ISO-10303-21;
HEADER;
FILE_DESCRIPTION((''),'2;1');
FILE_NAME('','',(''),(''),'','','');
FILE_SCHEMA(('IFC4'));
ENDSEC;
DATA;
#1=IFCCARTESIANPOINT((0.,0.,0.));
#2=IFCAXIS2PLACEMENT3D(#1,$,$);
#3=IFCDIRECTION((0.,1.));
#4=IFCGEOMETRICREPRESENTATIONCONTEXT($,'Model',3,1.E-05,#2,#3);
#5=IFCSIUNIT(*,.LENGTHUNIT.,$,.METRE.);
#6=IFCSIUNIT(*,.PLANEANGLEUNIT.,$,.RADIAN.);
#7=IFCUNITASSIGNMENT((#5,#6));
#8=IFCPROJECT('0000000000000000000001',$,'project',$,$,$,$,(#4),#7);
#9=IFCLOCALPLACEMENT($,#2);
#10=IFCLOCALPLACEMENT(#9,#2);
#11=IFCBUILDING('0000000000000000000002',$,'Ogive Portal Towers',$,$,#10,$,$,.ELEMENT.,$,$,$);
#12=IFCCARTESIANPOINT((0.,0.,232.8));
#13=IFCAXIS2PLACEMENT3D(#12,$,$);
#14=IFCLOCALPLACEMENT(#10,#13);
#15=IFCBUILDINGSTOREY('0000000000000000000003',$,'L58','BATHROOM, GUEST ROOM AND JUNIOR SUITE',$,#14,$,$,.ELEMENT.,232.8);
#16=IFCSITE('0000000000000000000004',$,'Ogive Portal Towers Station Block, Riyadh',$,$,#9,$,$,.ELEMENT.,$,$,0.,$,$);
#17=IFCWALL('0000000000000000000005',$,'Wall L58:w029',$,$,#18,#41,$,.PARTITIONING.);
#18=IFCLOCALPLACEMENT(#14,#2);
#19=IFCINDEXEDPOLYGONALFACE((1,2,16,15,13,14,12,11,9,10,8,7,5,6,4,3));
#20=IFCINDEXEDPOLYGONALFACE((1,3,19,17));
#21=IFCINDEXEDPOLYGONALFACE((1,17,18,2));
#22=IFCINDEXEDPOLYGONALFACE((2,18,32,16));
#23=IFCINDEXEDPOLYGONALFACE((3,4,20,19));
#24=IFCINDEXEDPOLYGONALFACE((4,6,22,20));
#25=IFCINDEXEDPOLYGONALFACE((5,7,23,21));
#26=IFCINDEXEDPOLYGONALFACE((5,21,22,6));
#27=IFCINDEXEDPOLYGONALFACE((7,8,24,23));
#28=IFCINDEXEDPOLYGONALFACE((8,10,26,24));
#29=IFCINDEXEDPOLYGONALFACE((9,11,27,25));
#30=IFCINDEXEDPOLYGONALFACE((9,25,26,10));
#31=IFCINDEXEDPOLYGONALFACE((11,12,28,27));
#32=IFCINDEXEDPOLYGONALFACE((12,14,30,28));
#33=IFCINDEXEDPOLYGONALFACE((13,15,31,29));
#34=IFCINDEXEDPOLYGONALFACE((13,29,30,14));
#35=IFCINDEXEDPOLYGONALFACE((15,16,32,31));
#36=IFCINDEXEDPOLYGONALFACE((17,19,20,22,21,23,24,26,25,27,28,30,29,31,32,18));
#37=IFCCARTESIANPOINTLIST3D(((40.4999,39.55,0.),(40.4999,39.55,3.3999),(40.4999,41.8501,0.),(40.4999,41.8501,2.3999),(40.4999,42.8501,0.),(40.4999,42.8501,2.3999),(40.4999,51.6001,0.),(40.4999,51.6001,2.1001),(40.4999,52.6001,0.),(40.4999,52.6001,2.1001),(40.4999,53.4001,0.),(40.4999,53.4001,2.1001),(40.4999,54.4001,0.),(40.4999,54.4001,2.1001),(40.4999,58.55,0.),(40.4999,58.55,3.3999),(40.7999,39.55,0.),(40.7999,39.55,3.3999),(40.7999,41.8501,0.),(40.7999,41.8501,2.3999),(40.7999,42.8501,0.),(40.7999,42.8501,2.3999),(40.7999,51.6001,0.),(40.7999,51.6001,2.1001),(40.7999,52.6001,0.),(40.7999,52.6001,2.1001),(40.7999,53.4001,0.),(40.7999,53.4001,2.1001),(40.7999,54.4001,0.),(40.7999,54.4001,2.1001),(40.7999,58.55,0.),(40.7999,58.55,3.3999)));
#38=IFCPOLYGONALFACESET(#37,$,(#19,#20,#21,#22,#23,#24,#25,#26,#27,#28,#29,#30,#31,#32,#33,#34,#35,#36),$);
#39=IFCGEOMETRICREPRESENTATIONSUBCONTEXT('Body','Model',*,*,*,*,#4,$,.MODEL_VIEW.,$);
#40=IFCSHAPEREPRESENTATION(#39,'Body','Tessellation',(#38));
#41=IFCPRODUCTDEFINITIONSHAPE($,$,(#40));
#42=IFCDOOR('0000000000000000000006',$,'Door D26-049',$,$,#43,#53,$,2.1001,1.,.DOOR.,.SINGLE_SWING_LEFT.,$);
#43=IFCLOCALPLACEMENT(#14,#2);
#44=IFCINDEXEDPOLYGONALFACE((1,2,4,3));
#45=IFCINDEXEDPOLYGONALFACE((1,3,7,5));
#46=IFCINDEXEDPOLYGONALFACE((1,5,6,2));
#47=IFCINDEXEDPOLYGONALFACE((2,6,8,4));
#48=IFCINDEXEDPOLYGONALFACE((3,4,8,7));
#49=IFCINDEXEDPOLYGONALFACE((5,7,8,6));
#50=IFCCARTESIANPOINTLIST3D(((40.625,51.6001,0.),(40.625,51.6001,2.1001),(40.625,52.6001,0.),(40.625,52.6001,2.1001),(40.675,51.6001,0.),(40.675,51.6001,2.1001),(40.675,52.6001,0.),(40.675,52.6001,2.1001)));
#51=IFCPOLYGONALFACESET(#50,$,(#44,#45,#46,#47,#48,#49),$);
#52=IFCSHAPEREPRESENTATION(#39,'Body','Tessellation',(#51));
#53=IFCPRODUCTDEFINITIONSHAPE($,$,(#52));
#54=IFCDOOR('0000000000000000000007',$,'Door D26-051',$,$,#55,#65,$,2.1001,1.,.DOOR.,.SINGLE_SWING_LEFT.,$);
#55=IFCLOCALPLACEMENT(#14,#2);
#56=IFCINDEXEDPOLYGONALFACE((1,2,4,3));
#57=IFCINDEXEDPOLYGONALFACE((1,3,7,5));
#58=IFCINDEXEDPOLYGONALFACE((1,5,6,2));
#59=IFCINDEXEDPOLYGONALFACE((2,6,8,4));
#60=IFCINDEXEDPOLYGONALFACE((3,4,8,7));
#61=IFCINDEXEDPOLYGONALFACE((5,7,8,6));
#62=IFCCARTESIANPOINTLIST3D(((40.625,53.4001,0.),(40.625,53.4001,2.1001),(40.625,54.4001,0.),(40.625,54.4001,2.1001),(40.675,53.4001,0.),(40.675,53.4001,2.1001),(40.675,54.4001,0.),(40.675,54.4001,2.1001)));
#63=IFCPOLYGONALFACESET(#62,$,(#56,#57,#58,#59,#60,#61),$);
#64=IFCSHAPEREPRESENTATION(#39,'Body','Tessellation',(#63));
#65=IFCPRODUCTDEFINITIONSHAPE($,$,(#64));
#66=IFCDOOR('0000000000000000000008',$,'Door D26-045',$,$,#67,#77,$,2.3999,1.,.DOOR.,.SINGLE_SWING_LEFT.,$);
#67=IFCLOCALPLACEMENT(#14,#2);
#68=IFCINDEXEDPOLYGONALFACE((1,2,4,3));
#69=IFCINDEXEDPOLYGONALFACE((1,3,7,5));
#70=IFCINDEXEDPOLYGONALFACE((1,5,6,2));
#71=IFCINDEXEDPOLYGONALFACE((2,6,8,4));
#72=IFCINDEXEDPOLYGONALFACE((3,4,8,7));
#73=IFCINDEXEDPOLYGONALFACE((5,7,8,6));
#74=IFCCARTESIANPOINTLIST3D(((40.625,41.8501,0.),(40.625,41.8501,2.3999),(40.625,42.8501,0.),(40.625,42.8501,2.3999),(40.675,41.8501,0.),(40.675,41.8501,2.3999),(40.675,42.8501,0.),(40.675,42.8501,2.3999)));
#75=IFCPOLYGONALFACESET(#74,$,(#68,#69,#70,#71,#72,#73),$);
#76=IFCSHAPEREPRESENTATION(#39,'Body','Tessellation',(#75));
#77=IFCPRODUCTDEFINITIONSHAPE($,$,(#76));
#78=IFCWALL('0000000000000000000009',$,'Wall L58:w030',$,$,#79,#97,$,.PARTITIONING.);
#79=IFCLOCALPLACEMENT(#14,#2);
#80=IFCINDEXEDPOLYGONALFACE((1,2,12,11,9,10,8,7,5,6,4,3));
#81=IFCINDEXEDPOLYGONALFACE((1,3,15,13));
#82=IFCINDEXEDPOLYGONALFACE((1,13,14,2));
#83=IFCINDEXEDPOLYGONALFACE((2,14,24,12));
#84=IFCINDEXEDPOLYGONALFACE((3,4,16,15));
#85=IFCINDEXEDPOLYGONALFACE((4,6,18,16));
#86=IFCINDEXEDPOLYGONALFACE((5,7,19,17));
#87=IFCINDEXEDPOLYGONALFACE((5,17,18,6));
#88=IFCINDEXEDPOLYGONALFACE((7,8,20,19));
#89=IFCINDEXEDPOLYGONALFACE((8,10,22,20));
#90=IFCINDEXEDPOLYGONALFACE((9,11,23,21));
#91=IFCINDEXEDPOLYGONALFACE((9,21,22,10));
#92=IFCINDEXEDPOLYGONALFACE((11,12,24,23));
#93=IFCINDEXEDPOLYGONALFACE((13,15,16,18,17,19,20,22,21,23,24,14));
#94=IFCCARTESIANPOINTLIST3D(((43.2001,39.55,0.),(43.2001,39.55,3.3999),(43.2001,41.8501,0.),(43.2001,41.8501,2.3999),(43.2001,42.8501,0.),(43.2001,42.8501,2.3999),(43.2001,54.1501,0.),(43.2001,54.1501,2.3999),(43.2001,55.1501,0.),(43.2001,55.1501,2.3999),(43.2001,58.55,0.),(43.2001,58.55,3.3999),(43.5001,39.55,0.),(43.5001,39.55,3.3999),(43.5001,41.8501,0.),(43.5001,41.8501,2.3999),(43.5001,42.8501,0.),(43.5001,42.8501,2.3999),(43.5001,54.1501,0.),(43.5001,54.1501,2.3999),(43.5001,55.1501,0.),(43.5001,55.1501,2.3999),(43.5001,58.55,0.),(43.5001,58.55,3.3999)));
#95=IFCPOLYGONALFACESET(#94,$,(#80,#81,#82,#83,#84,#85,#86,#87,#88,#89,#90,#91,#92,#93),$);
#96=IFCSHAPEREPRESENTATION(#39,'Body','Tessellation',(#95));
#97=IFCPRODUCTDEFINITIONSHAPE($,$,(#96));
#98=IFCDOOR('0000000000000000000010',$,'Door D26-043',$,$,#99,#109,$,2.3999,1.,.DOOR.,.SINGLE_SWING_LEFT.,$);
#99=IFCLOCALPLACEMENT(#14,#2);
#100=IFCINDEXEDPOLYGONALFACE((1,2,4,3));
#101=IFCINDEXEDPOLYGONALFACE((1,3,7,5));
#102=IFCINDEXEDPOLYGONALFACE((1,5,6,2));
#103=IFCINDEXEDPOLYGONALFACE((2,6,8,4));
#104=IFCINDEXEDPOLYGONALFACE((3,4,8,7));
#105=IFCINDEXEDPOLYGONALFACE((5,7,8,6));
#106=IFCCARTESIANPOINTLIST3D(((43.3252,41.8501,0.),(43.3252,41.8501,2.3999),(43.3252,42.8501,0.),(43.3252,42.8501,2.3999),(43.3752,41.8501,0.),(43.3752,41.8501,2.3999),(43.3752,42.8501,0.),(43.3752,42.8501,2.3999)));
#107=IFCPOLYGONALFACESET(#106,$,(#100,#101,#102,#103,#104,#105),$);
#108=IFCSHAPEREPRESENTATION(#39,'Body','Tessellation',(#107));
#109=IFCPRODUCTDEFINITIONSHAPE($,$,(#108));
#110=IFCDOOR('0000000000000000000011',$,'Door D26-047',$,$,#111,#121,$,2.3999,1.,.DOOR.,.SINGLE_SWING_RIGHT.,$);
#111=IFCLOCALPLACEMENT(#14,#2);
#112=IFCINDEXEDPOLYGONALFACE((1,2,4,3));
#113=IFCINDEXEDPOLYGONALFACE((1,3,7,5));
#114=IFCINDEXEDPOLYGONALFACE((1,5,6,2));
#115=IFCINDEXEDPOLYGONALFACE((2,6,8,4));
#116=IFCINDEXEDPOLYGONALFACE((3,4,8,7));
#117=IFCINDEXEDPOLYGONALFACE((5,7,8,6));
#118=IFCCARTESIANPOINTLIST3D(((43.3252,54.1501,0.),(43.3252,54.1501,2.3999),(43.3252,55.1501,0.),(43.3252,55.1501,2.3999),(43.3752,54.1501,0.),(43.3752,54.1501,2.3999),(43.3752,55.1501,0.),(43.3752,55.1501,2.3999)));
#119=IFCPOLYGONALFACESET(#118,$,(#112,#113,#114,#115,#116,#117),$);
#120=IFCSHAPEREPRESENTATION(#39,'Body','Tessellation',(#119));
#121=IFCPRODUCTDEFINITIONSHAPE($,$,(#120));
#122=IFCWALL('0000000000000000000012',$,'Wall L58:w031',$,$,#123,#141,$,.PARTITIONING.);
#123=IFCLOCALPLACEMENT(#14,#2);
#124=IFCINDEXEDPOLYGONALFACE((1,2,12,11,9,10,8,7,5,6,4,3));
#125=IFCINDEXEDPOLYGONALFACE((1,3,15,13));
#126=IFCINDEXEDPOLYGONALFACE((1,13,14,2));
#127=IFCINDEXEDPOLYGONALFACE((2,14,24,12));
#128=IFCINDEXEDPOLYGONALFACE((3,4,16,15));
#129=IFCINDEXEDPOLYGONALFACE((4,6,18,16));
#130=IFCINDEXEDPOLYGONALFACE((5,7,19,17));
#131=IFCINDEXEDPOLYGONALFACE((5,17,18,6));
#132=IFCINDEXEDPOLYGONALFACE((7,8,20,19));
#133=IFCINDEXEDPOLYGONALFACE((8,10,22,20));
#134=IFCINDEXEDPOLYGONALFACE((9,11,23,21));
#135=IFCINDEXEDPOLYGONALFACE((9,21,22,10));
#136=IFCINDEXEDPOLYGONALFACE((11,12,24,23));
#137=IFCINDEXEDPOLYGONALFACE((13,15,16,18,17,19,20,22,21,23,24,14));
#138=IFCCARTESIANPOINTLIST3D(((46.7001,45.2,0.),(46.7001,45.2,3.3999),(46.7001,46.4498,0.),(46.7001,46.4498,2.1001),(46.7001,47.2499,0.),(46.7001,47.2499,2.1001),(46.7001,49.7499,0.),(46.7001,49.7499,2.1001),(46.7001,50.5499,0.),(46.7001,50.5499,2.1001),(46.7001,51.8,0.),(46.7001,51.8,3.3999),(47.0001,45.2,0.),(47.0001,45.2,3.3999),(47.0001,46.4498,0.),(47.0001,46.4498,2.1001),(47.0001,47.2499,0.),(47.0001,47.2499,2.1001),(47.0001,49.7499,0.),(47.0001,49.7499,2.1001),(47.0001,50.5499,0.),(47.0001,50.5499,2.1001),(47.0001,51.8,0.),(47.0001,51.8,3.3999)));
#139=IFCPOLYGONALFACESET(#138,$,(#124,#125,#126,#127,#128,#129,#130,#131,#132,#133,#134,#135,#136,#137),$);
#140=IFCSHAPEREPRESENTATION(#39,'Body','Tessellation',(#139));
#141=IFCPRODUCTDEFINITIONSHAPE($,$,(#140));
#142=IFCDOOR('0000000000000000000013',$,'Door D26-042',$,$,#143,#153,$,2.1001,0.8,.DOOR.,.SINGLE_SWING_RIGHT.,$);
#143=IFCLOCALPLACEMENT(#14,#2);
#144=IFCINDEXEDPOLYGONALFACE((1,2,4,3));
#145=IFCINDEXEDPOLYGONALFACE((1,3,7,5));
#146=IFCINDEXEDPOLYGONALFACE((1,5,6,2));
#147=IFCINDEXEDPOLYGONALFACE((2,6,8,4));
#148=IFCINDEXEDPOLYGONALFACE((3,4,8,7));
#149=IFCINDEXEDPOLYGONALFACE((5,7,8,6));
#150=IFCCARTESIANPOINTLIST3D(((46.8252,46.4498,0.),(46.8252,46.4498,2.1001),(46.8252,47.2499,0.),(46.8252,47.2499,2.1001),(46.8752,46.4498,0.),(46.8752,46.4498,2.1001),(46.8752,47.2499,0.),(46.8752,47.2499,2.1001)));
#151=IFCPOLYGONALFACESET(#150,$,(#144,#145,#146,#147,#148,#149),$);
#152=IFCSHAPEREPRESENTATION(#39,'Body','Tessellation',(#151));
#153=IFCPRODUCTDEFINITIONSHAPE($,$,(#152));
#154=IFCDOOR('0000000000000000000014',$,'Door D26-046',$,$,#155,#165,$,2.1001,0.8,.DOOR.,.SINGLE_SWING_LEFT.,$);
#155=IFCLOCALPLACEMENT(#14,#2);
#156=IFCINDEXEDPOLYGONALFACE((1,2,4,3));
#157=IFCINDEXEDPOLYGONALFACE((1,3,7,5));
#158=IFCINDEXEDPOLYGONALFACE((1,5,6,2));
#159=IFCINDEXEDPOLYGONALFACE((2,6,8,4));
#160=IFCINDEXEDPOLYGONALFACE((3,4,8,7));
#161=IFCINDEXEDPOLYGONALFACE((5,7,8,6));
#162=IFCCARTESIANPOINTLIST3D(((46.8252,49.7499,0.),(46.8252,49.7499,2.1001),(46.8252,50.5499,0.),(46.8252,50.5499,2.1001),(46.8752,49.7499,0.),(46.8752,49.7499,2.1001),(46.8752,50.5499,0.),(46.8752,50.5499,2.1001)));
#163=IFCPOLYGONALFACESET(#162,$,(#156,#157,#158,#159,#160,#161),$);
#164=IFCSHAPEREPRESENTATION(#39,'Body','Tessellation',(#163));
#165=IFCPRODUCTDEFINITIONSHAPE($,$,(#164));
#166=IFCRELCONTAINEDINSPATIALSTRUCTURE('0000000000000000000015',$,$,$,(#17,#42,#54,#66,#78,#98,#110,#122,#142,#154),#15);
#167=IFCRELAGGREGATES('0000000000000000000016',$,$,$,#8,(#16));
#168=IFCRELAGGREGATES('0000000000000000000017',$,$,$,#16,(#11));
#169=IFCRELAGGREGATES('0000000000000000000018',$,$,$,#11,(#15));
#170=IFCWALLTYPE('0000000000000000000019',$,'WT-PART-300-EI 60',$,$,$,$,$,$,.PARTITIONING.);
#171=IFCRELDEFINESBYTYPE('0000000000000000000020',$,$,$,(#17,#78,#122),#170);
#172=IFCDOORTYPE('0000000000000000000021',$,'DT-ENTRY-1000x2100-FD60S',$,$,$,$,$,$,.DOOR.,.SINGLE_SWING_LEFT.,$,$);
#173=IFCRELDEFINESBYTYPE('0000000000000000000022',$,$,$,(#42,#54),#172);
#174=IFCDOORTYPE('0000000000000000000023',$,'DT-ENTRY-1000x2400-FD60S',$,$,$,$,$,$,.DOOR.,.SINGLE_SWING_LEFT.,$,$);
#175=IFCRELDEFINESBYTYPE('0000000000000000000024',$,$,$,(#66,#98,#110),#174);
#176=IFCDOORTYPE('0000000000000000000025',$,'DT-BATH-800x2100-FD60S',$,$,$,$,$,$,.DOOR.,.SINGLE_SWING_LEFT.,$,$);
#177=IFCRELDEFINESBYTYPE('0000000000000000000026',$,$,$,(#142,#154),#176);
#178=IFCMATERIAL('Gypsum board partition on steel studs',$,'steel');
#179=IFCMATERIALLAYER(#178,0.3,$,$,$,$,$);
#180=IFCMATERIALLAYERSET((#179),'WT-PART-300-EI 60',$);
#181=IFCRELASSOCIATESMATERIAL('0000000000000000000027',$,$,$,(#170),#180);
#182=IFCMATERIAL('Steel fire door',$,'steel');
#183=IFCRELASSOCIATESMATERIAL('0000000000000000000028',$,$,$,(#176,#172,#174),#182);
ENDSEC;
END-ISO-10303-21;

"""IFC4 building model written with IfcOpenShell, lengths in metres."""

from ifc_helpers import new_model, si_unit, direction, frame, frame_2d, origin, place, context, subcontext, project, spatial, rectangle, extrude, material, layer, layer_set, type_object, element, fill, save


model = new_model("IFC4")

# Units and contexts
model_context = context("Model", 3, precision=1e-05, world=origin(), true_north=direction((0.0, 1.0)))
body_context = subcontext(model_context, "Body", "Model", "MODEL_VIEW")
ifc_project = project(units=[si_unit("LENGTHUNIT", "METRE"), si_unit("PLANEANGLEUNIT", "RADIAN")], contexts=[model_context])

# Site, building, storey
site_placement = place(None, origin())
site = spatial("IfcSite", under=ifc_project, at=site_placement, Name="Ogive Portal Towers Station Block, Riyadh", CompositionType="ELEMENT", RefElevation=0.0)
building_placement = place(site_placement, origin())
building = spatial("IfcBuilding", under=site, at=building_placement, Name="Ogive Portal Towers", CompositionType="ELEMENT")
storey_placement = place(building_placement, frame((0.0, 0.0, 232.8)))
storey = spatial("IfcBuildingStorey", under=building, at=storey_placement, Name="L58", Description="BATHROOM, GUEST ROOM AND JUNIOR SUITE", CompositionType="ELEMENT", Elevation=232.8)

# Shared definitions
ifc_material_1 = material(Name="Steel fire door", Category="steel")

# Shared definitions
ifc_material_2 = material(Name="Gypsum board partition on steel studs", Category="steel")
ifc_layer_1 = layer(ifc_material_2, 0.3)
ifc_layer_set_1 = layer_set([ifc_layer_1], Name="WT-PART-300-EI 60")
wall_type_1 = type_object("IfcWallType", Name="WT-PART-300-EI 60", PredefinedType="PARTITIONING", material=ifc_layer_set_1)

# Shared definitions
door_type_1 = type_object("IfcDoorType", Name="DT-BATH-800x2100-FD60S", OperationType="SINGLE_SWING_LEFT", PredefinedType="DOOR", material=ifc_material_1)

# Walls, openings, doors
wall_1_placement = place(storey_placement, frame((40.6499, 39.55, 0.0), z_axis=(0.0, 0.0, 1.0), x_axis=(0.0, 1.0, 0.0)))
wall_1 = element("IfcWall", 1, at=wall_1_placement, inside=storey, type_object=wall_type_1, Name="Wall L58:w029", PredefinedType="PARTITIONING", context=body_context, shape_type="SweptSolid", body=[
    extrude(rectangle(XDim=19.0, YDim=0.3, at=frame_2d((9.5, 0.0))), origin(), (0.0, 0.0, 1.0), 3.3999),
])
opening_1_placement = place(wall_1_placement, frame((2.3, 0.0, 0.0)))
opening_1 = element("IfcOpeningElement", 2, at=opening_1_placement, cuts=wall_1, PredefinedType="OPENING", context=body_context, shape_type="SweptSolid", body=[
    extrude(rectangle(XDim=1.0, YDim=2.3999, at=frame_2d((0.5, 1.2))), frame((0.0, 0.1602, 0.0), z_axis=(0.0, -1.0, 0.0), x_axis=(1.0, 0.0, 0.0)), (0.0, 0.0, 1.0), 0.3201),
])
opening_2_placement = place(wall_1_placement, frame((12.05, 0.0, 0.0)))
opening_2 = element("IfcOpeningElement", 3, at=opening_2_placement, cuts=wall_1, PredefinedType="OPENING", context=body_context, shape_type="SweptSolid", body=[
    extrude(rectangle(XDim=1.0, YDim=2.1001, at=frame_2d((0.5, 1.05))), frame((0.0, 0.1602, 0.0), z_axis=(0.0, -1.0, 0.0), x_axis=(1.0, 0.0, 0.0)), (0.0, 0.0, 1.0), 0.3201),
])
opening_3_placement = place(wall_1_placement, frame((13.8501, 0.0, 0.0)))
opening_3 = element("IfcOpeningElement", 4, at=opening_3_placement, cuts=wall_1, PredefinedType="OPENING", context=body_context, shape_type="SweptSolid", body=[
    extrude(rectangle(XDim=1.0, YDim=2.1001, at=frame_2d((0.5, 1.05))), frame((0.0, 0.1602, 0.0), z_axis=(0.0, -1.0, 0.0), x_axis=(1.0, 0.0, 0.0)), (0.0, 0.0, 1.0), 0.3201),
])
door_type_2 = type_object("IfcDoorType", Name="DT-ENTRY-1000x2100-FD60S", OperationType="SINGLE_SWING_LEFT", PredefinedType="DOOR", material=ifc_material_1)
door_1_placement = place(opening_2_placement, origin())
door_1 = element("IfcDoor", 5, at=door_1_placement, inside=storey, type_object=door_type_2, Name="Door D26-049", OperationType="SINGLE_SWING_LEFT", OverallHeight=2.1001, OverallWidth=1.0, PredefinedType="DOOR", context=body_context, shape_type="SweptSolid", body=[
    extrude(rectangle(XDim=1.0, YDim=2.1001, at=frame_2d((0.5, 1.05))), frame((0.0, 0.0249, 0.0), z_axis=(0.0, -1.0, 0.0), x_axis=(1.0, 0.0, 0.0)), (0.0, 0.0, 1.0), 0.05),
])
fill(opening_2, door_1)
door_2_placement = place(opening_3_placement, origin())
door_2 = element("IfcDoor", 6, at=door_2_placement, inside=storey, type_object=door_type_2, Name="Door D26-051", OperationType="SINGLE_SWING_LEFT", OverallHeight=2.1001, OverallWidth=1.0, PredefinedType="DOOR", context=body_context, shape_type="SweptSolid", body=[
    extrude(rectangle(XDim=1.0, YDim=2.1001, at=frame_2d((0.5, 1.05))), frame((0.0, 0.0249, 0.0), z_axis=(0.0, -1.0, 0.0), x_axis=(1.0, 0.0, 0.0)), (0.0, 0.0, 1.0), 0.05),
])
fill(opening_3, door_2)
door_type_3 = type_object("IfcDoorType", Name="DT-ENTRY-1000x2400-FD60S", OperationType="SINGLE_SWING_LEFT", PredefinedType="DOOR", material=ifc_material_1)
door_3_placement = place(opening_1_placement, origin())
door_3 = element("IfcDoor", 7, at=door_3_placement, inside=storey, type_object=door_type_3, Name="Door D26-045", OperationType="SINGLE_SWING_LEFT", OverallHeight=2.3999, OverallWidth=1.0, PredefinedType="DOOR", context=body_context, shape_type="SweptSolid", body=[
    extrude(rectangle(XDim=1.0, YDim=2.3999, at=frame_2d((0.5, 1.2))), frame((0.0, 0.0249, 0.0), z_axis=(0.0, -1.0, 0.0), x_axis=(1.0, 0.0, 0.0)), (0.0, 0.0, 1.0), 0.05),
])
fill(opening_1, door_3)
wall_2_placement = place(storey_placement, frame((43.3501, 39.55, 0.0), z_axis=(0.0, 0.0, 1.0), x_axis=(0.0, 1.0, 0.0)))
wall_2 = element("IfcWall", 8, at=wall_2_placement, inside=storey, type_object=wall_type_1, Name="Wall L58:w030", PredefinedType="PARTITIONING", context=body_context, shape_type="SweptSolid", body=[
    extrude(rectangle(XDim=19.0, YDim=0.3, at=frame_2d((9.5, 0.0))), origin(), (0.0, 0.0, 1.0), 3.3999),
])
opening_4_placement = place(wall_2_placement, frame((2.3, 0.0, 0.0)))
opening_4 = element("IfcOpeningElement", 9, at=opening_4_placement, cuts=wall_2, PredefinedType="OPENING", context=body_context, shape_type="SweptSolid", body=[
    extrude(rectangle(XDim=1.0, YDim=2.3999, at=frame_2d((0.5, 1.2))), frame((0.0, 0.1602, 0.0), z_axis=(0.0, -1.0, 0.0), x_axis=(1.0, 0.0, 0.0)), (0.0, 0.0, 1.0), 0.3201),
])
opening_5_placement = place(wall_2_placement, frame((14.6001, 0.0, 0.0)))
opening_5 = element("IfcOpeningElement", 10, at=opening_5_placement, cuts=wall_2, PredefinedType="OPENING", context=body_context, shape_type="SweptSolid", body=[
    extrude(rectangle(XDim=1.0, YDim=2.3999, at=frame_2d((0.5, 1.2))), frame((0.0, 0.1602, 0.0), z_axis=(0.0, -1.0, 0.0), x_axis=(1.0, 0.0, 0.0)), (0.0, 0.0, 1.0), 0.3201),
])
door_4_placement = place(opening_4_placement, origin())
door_4 = element("IfcDoor", 11, at=door_4_placement, inside=storey, type_object=door_type_3, Name="Door D26-043", OperationType="SINGLE_SWING_LEFT", OverallHeight=2.3999, OverallWidth=1.0, PredefinedType="DOOR", context=body_context, shape_type="SweptSolid", body=[
    extrude(rectangle(XDim=1.0, YDim=2.3999, at=frame_2d((0.5, 1.2))), frame((0.0, 0.0249, 0.0), z_axis=(0.0, -1.0, 0.0), x_axis=(1.0, 0.0, 0.0)), (0.0, 0.0, 1.0), 0.05),
])
fill(opening_4, door_4)
door_5_placement = place(opening_5_placement, origin())
door_5 = element("IfcDoor", 12, at=door_5_placement, inside=storey, type_object=door_type_3, Name="Door D26-047", OperationType="SINGLE_SWING_RIGHT", OverallHeight=2.3999, OverallWidth=1.0, PredefinedType="DOOR", context=body_context, shape_type="SweptSolid", body=[
    extrude(rectangle(XDim=1.0, YDim=2.3999, at=frame_2d((0.5, 1.2))), frame((0.0, 0.0249, 0.0), z_axis=(0.0, -1.0, 0.0), x_axis=(1.0, 0.0, 0.0)), (0.0, 0.0, 1.0), 0.05),
])
fill(opening_5, door_5)
wall_3_placement = place(storey_placement, frame((46.8501, 45.2, 0.0), z_axis=(0.0, 0.0, 1.0), x_axis=(0.0, 1.0, 0.0)))
wall_3 = element("IfcWall", 13, at=wall_3_placement, inside=storey, type_object=wall_type_1, Name="Wall L58:w031", PredefinedType="PARTITIONING", context=body_context, shape_type="SweptSolid", body=[
    extrude(rectangle(XDim=6.6001, YDim=0.3, at=frame_2d((3.3, 0.0))), origin(), (0.0, 0.0, 1.0), 3.3999),
])
opening_6_placement = place(wall_3_placement, frame((1.25, 0.0, 0.0)))
opening_6 = element("IfcOpeningElement", 14, at=opening_6_placement, cuts=wall_3, PredefinedType="OPENING", context=body_context, shape_type="SweptSolid", body=[
    extrude(rectangle(XDim=0.8, YDim=2.1001, at=frame_2d((0.3999, 1.05))), frame((0.0, 0.1602, 0.0), z_axis=(0.0, -1.0, 0.0), x_axis=(1.0, 0.0, 0.0)), (0.0, 0.0, 1.0), 0.3201),
])
opening_7_placement = place(wall_3_placement, frame((4.55, 0.0, 0.0)))
opening_7 = element("IfcOpeningElement", 15, at=opening_7_placement, cuts=wall_3, PredefinedType="OPENING", context=body_context, shape_type="SweptSolid", body=[
    extrude(rectangle(XDim=0.8, YDim=2.1001, at=frame_2d((0.3999, 1.05))), frame((0.0, 0.1602, 0.0), z_axis=(0.0, -1.0, 0.0), x_axis=(1.0, 0.0, 0.0)), (0.0, 0.0, 1.0), 0.3201),
])
door_6_placement = place(opening_6_placement, origin())
door_6 = element("IfcDoor", 16, at=door_6_placement, inside=storey, type_object=door_type_1, Name="Door D26-042", OperationType="SINGLE_SWING_RIGHT", OverallHeight=2.1001, OverallWidth=0.8, PredefinedType="DOOR", context=body_context, shape_type="SweptSolid", body=[
    extrude(rectangle(XDim=0.8, YDim=2.1001, at=frame_2d((0.3999, 1.05))), frame((0.0, 0.0249, 0.0), z_axis=(0.0, -1.0, 0.0), x_axis=(1.0, 0.0, 0.0)), (0.0, 0.0, 1.0), 0.05),
])
fill(opening_6, door_6)
door_7_placement = place(opening_7_placement, origin())
door_7 = element("IfcDoor", 17, at=door_7_placement, inside=storey, type_object=door_type_1, Name="Door D26-046", OperationType="SINGLE_SWING_LEFT", OverallHeight=2.1001, OverallWidth=0.8, PredefinedType="DOOR", context=body_context, shape_type="SweptSolid", body=[
    extrude(rectangle(XDim=0.8, YDim=2.1001, at=frame_2d((0.3999, 1.05))), frame((0.0, 0.0249, 0.0), z_axis=(0.0, -1.0, 0.0), x_axis=(1.0, 0.0, 0.0)), (0.0, 0.0, 1.0), 0.05),
])
fill(opening_7, door_7)

save(model, "model.ifc")
